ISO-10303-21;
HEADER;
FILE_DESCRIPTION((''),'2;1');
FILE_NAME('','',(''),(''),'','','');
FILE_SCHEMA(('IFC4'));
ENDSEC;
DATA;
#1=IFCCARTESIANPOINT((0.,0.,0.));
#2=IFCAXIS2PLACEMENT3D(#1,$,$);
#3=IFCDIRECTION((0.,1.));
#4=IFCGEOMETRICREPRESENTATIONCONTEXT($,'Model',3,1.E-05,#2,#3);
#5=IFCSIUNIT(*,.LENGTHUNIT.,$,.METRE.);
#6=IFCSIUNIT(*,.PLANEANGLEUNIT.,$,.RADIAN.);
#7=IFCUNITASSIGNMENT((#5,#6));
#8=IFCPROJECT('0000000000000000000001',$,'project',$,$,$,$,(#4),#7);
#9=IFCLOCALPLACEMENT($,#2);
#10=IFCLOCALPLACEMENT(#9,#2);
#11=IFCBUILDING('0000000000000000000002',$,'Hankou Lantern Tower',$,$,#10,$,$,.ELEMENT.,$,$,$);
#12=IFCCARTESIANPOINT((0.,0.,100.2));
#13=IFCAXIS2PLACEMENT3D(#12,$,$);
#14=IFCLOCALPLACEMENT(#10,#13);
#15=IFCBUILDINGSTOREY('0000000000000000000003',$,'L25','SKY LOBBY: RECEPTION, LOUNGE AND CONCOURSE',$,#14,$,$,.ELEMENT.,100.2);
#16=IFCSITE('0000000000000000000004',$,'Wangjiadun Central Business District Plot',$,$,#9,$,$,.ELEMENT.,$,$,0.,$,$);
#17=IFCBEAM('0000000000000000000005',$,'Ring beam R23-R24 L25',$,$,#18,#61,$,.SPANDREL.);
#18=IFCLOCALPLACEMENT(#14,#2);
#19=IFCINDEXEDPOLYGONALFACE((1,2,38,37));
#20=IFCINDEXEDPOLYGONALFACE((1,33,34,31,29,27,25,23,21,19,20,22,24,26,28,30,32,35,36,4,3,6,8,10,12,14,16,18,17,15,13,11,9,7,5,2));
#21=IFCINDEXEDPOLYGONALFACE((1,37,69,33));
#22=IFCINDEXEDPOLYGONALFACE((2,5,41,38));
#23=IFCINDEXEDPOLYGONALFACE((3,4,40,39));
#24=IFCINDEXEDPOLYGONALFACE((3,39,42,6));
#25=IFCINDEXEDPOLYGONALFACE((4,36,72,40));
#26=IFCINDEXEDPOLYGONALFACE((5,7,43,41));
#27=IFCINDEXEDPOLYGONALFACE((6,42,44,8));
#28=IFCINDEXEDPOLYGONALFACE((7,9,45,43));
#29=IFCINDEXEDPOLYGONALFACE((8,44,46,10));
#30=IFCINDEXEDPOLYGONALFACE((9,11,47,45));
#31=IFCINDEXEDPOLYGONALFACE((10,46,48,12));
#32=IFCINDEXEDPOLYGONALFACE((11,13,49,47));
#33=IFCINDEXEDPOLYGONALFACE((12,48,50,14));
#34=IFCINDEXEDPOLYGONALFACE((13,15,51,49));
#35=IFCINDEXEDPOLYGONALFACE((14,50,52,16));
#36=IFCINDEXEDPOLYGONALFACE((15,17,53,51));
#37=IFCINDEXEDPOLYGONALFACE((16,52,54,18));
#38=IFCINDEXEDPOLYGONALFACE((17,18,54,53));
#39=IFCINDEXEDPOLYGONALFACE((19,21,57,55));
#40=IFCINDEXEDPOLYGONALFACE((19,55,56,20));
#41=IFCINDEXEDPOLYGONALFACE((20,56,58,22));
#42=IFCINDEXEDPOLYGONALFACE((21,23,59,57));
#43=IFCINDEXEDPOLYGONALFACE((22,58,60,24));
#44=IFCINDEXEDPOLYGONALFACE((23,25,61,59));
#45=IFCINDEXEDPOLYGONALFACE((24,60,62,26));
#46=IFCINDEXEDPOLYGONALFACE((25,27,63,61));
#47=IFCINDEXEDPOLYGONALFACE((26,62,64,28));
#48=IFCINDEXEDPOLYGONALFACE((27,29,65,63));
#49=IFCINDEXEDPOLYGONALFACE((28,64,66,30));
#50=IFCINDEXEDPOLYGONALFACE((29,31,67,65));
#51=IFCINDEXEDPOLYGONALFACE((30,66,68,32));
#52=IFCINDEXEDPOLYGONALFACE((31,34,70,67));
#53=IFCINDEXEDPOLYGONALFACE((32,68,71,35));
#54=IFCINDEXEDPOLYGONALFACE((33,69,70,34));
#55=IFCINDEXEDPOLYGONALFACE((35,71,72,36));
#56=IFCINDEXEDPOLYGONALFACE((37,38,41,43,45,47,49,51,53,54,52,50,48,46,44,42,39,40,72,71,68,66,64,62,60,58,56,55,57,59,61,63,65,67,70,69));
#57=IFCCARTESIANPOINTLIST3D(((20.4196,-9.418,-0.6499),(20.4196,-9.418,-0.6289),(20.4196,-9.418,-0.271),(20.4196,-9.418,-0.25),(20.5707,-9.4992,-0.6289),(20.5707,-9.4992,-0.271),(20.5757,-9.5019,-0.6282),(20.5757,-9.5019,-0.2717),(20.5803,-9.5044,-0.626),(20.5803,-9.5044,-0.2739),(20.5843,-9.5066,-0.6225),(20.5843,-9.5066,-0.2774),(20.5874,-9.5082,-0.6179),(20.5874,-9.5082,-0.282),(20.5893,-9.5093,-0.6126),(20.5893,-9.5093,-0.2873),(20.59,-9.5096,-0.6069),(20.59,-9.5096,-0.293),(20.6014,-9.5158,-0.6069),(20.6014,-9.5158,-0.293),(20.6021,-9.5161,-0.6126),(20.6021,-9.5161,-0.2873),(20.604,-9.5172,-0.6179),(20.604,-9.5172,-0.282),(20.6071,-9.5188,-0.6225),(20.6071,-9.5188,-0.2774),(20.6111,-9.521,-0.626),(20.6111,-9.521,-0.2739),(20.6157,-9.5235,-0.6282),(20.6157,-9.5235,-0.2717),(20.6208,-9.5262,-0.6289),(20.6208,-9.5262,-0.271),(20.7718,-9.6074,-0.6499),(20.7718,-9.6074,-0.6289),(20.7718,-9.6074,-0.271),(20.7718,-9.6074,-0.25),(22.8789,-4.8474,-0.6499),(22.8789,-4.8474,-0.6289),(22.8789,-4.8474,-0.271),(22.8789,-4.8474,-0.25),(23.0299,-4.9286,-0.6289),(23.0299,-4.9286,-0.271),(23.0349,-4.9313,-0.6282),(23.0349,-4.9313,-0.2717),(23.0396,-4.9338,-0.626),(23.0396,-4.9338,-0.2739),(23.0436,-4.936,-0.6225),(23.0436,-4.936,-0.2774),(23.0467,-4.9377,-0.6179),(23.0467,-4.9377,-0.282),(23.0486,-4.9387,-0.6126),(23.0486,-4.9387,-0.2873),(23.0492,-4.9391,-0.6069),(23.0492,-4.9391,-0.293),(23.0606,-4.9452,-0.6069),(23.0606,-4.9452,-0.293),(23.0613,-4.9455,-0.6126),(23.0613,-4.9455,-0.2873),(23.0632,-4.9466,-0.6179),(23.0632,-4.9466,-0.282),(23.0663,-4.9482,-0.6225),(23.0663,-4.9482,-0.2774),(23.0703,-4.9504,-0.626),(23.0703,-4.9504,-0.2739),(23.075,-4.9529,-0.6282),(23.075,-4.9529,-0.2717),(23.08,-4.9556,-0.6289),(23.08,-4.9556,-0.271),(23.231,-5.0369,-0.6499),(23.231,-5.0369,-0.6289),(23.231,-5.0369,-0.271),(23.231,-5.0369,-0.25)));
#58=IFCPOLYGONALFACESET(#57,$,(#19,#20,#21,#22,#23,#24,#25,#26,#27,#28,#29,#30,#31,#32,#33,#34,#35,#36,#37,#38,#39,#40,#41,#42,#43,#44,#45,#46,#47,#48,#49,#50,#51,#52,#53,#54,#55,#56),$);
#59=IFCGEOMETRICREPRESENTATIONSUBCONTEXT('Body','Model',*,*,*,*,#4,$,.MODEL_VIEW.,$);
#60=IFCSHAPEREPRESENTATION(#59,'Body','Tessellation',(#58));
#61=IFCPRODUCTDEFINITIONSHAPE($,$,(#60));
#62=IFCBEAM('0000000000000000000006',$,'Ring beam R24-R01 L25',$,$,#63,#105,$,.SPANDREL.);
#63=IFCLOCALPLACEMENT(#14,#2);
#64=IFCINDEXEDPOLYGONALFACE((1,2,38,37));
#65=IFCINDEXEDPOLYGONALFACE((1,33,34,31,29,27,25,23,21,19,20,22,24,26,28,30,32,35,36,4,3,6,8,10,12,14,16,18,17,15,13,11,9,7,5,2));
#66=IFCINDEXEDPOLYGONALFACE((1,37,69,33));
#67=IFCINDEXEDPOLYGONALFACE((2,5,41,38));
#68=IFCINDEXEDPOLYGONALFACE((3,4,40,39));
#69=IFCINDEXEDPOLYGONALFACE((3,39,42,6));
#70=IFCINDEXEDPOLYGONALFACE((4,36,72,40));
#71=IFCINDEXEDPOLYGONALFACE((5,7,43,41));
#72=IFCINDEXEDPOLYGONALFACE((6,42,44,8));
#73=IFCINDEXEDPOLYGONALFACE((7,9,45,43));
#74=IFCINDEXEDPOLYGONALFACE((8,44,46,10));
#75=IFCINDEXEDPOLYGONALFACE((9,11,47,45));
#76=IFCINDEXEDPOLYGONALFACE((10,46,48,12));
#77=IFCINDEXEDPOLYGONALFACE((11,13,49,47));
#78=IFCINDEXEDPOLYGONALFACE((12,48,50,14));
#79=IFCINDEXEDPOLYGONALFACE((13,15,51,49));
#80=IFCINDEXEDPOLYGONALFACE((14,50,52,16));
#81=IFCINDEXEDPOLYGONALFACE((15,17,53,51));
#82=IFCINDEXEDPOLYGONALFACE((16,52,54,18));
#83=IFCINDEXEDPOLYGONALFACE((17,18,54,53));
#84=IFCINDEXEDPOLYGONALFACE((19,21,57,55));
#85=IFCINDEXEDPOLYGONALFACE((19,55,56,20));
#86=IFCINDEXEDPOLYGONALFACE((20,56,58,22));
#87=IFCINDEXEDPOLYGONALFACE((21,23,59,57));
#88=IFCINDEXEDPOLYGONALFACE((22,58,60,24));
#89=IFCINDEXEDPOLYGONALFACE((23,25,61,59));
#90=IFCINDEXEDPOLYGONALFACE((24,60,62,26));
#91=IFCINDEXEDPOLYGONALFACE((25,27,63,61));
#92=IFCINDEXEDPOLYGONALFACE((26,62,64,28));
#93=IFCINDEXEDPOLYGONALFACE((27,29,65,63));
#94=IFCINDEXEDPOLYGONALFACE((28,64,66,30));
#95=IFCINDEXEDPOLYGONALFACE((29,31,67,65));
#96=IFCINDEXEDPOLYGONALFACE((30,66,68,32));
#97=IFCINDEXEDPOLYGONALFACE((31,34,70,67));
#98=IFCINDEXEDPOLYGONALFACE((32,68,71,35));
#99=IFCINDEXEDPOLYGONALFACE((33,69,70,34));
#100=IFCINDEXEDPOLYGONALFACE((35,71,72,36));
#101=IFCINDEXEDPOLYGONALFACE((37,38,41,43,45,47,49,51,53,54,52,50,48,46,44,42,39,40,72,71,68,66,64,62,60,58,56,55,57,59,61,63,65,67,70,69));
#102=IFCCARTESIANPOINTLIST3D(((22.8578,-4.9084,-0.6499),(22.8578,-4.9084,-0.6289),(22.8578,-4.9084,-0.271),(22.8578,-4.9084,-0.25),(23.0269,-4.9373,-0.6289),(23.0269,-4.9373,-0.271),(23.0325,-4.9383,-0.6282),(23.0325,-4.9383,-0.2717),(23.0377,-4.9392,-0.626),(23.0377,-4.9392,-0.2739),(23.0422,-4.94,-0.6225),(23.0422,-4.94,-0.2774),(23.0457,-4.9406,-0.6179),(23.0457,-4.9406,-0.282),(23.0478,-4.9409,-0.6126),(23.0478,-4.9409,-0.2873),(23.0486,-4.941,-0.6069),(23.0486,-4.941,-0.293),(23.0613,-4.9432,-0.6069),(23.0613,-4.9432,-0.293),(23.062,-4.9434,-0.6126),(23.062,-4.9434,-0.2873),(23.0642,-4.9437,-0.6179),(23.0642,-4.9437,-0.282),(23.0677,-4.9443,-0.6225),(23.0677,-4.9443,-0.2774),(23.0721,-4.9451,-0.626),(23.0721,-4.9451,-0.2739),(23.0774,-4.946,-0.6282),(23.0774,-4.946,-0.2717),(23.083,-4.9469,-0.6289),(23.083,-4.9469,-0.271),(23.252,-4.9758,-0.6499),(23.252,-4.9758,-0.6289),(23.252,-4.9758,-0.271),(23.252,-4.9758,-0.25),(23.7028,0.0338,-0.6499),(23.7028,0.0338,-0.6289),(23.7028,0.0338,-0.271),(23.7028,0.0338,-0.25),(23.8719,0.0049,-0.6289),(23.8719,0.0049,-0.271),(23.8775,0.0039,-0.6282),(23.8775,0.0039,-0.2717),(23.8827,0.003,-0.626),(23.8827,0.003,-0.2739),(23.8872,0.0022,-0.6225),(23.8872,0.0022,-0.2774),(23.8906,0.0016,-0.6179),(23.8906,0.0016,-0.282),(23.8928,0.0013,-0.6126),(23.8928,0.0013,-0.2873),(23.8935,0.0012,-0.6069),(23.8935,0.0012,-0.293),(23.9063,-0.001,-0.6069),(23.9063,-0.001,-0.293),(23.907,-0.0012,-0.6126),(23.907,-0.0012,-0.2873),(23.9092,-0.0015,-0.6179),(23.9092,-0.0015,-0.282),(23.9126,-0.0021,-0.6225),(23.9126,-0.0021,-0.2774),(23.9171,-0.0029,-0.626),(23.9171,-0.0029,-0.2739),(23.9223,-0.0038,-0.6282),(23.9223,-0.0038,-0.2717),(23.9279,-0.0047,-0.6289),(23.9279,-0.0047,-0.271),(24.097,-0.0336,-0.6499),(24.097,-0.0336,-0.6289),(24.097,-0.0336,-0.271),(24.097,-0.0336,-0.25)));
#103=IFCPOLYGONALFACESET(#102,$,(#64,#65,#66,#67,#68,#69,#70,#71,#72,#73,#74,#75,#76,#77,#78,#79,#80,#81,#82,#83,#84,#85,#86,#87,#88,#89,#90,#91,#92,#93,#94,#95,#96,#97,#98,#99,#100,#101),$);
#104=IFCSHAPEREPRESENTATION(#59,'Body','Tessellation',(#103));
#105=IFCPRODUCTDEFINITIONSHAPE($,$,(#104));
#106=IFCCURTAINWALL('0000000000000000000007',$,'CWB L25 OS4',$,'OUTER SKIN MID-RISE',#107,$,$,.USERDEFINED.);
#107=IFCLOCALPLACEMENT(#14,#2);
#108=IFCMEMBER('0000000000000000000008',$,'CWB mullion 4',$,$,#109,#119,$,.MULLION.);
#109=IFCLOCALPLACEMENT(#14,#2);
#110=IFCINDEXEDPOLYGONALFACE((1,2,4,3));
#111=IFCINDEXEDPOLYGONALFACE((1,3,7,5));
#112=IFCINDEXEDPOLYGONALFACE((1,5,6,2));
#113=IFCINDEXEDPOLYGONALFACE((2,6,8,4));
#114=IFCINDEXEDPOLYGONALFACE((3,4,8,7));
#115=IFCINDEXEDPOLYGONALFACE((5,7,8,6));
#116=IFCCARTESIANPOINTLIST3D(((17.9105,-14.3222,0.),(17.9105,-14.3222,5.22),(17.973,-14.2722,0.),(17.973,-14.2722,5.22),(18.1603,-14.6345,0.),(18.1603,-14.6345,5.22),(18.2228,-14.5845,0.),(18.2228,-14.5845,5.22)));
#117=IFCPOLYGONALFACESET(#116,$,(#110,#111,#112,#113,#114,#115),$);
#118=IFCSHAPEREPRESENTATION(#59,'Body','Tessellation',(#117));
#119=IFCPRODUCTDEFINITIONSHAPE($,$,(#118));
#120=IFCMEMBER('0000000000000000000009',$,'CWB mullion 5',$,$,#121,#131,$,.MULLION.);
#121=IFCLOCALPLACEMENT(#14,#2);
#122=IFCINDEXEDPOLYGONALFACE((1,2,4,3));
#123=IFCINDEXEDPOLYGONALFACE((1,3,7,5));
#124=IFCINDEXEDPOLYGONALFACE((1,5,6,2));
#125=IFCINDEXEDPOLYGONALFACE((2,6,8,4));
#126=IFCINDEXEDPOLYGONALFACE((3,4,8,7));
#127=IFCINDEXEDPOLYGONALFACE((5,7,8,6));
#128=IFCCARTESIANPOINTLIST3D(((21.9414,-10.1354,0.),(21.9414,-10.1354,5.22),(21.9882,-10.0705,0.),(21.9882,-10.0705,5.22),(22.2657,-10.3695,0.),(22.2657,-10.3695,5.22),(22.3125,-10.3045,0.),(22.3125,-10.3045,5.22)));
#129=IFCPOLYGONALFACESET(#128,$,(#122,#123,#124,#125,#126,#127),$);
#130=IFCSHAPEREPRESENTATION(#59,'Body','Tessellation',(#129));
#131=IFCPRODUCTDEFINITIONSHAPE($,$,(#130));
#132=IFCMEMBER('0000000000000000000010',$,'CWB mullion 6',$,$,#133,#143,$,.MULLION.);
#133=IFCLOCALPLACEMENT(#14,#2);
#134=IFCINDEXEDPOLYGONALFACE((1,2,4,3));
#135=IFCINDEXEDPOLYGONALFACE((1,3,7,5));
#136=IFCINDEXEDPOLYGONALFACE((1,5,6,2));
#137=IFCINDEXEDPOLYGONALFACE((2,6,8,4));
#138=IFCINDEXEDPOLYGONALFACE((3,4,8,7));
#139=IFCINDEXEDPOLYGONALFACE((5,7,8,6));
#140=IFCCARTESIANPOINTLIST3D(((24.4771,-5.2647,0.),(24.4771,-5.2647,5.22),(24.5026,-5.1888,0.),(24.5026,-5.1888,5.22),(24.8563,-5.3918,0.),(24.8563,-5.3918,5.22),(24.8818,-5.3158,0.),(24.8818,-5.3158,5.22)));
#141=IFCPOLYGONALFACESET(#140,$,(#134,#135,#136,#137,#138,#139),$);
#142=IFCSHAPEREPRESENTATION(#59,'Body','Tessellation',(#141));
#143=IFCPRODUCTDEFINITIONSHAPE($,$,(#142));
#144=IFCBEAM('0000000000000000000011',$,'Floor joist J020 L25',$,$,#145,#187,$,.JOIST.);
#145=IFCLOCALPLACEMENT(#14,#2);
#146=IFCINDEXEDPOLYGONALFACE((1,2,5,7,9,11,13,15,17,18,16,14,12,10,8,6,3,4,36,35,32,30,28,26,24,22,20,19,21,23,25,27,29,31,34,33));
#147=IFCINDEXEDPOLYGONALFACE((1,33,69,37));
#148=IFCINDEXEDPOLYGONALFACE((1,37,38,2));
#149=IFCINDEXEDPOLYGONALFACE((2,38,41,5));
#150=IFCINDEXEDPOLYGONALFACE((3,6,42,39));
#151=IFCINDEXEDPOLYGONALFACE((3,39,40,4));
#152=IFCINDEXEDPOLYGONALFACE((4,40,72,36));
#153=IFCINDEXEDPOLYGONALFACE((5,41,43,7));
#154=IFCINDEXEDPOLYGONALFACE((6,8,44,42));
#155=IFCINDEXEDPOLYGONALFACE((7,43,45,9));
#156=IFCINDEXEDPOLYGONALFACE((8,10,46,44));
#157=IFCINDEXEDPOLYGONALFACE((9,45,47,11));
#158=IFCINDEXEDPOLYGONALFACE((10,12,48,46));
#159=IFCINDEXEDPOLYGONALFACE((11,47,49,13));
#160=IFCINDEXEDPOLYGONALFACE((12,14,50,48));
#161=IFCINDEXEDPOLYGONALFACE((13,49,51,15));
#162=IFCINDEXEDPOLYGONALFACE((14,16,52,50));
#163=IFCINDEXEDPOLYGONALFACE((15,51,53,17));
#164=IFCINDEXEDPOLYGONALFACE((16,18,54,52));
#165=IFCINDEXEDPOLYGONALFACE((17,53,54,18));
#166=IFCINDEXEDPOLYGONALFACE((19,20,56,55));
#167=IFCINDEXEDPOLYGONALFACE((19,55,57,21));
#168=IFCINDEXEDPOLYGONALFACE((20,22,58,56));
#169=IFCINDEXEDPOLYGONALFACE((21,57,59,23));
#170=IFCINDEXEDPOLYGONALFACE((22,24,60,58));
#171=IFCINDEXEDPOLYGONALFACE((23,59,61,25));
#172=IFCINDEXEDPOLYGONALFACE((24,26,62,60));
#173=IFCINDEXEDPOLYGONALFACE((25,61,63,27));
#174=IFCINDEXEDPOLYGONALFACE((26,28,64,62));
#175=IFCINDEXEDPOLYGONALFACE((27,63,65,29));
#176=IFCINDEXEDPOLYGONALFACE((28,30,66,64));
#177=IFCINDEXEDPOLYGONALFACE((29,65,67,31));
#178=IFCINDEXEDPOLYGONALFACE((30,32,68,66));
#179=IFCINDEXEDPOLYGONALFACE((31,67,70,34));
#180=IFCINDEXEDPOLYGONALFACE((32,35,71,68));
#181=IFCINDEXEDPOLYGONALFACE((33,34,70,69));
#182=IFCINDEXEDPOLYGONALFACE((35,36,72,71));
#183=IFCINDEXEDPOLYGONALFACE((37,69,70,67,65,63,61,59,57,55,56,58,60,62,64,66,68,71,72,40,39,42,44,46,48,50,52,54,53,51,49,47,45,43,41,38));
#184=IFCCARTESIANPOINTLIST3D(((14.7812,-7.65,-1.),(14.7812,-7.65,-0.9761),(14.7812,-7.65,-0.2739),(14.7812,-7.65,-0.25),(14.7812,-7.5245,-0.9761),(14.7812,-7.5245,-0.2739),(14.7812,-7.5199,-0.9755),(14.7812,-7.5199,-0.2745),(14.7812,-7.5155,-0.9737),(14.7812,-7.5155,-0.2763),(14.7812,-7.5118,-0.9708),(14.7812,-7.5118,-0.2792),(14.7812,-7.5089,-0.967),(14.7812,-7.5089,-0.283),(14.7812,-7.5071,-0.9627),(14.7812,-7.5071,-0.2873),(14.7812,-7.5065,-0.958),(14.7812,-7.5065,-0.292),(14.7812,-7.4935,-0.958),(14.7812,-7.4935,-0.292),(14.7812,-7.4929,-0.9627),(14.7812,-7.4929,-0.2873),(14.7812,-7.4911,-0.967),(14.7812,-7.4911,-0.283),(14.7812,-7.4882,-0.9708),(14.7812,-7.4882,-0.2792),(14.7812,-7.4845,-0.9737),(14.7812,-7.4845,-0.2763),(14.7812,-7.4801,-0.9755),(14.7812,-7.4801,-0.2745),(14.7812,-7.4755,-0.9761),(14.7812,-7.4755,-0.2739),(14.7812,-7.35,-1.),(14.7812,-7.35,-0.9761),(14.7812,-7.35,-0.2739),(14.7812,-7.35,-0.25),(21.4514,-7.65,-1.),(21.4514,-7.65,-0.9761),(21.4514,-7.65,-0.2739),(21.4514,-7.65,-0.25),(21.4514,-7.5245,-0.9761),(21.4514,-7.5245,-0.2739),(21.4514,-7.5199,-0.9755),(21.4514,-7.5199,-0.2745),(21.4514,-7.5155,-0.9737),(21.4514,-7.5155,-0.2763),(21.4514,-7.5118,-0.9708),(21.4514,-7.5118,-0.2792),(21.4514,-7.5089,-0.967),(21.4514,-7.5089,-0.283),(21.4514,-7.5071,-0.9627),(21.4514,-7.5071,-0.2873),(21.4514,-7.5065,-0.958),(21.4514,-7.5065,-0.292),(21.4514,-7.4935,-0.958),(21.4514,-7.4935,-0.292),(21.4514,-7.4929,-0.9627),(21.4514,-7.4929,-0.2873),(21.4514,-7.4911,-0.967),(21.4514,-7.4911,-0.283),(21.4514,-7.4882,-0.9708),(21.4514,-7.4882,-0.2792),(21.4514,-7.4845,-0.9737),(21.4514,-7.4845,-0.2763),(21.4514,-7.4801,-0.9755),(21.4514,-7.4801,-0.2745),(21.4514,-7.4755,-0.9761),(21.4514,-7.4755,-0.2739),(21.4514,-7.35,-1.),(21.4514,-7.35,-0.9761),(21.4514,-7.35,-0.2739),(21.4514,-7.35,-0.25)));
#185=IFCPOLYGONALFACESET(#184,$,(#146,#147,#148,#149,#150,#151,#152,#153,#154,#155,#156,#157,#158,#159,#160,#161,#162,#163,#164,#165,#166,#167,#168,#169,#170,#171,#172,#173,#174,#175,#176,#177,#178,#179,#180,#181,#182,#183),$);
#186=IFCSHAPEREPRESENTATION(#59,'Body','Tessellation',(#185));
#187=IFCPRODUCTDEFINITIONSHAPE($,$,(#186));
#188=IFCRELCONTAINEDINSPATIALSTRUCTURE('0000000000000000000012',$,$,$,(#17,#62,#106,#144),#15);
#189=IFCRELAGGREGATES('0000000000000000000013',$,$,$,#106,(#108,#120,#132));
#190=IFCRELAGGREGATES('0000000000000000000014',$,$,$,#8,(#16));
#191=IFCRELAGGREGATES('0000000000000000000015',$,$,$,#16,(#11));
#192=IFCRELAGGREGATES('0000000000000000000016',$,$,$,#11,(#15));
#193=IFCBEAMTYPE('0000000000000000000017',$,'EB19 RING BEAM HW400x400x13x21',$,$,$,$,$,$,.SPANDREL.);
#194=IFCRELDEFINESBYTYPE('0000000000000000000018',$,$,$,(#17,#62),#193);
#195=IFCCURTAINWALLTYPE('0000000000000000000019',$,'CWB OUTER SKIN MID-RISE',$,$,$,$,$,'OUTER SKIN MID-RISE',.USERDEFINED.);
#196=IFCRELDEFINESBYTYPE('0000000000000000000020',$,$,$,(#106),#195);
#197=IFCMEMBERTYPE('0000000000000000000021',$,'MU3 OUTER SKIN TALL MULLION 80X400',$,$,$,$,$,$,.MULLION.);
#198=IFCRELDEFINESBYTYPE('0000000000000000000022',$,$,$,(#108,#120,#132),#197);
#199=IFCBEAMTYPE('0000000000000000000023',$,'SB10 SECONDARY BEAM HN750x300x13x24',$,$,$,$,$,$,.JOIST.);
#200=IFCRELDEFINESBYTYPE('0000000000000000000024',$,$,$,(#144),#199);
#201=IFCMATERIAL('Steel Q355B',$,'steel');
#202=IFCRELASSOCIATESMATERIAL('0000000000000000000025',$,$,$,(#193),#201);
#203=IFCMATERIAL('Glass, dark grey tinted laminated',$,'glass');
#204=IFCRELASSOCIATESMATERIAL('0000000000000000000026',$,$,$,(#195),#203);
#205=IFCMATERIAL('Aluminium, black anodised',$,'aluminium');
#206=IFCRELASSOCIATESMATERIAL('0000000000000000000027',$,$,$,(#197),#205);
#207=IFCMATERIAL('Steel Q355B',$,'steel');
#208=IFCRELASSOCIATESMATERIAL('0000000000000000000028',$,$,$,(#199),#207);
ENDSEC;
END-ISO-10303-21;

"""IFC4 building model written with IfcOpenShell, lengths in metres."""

from ifc_helpers import new_model, si_unit, direction, frame, origin, origin_2d, place, context, subcontext, project, spatial, rectangle, i_section, extrude, material, material_profile, profile_set, type_object, element, aggregate, save


model = new_model("IFC4")

# Units and contexts
model_context = context("Model", 3, precision=1e-05, world=origin(), true_north=direction((0.0, 1.0)))
body_context = subcontext(model_context, "Body", "Model", "MODEL_VIEW")
ifc_project = project(units=[si_unit("LENGTHUNIT", "METRE"), si_unit("PLANEANGLEUNIT", "RADIAN")], contexts=[model_context])

# Site, building, storey
site_placement = place(None, origin())
site = spatial("IfcSite", under=ifc_project, at=site_placement, Name="Wangjiadun Central Business District Plot", CompositionType="ELEMENT", RefElevation=0.0)
building_placement = place(site_placement, origin())
building = spatial("IfcBuilding", under=site, at=building_placement, Name="Hankou Lantern Tower", CompositionType="ELEMENT")
storey_placement = place(building_placement, frame((0.0, 0.0, 100.2)))
storey = spatial("IfcBuildingStorey", under=building, at=storey_placement, Name="L25", Description="SKY LOBBY: RECEPTION, LOUNGE AND CONCOURSE", CompositionType="ELEMENT", Elevation=100.2)

# Beams
ifc_material_1 = material(Name="Steel Q355B", Category="steel")
ifc_material_profile_1 = material_profile(ifc_material_1, i_section(OverallWidth=0.3999, OverallDepth=0.3999, WebThickness=0.0129, FlangeThickness=0.021, FilletRadius=0.022, at=origin_2d()), Name="HW400x400x13x21")
ifc_profile_set_1 = profile_set([ifc_material_profile_1], Name="Steel Q355B")
beam_type_1 = type_object("IfcBeamType", Name="EB19 RING BEAM HW400x400x13x21", PredefinedType="SPANDREL", material=ifc_profile_set_1)
beam_1_placement = place(storey_placement, frame((20.5957, -9.5127, -0.45), z_axis=(0.473825, 0.880619, 0.0), x_axis=(-0.880619, 0.473825, 0.0)))
element("IfcBeam", 1, at=beam_1_placement, inside=storey, type_object=beam_type_1, Name="Ring beam R23-R24 L25", PredefinedType="SPANDREL", context=body_context, shape_type="SweptSolid", body=[
    extrude(i_section(OverallWidth=0.3999, OverallDepth=0.3999, WebThickness=0.0129, FlangeThickness=0.021, FilletRadius=0.022, at=origin_2d()), origin(), (0.0, 0.0, 1.0), 5.1902),
])
beam_2_placement = place(storey_placement, frame((23.0549, -4.9421, -0.45), z_axis=(0.168527, 0.985697, 0.0), x_axis=(-0.985697, 0.168527, 0.0)))
element("IfcBeam", 2, at=beam_2_placement, inside=storey, type_object=beam_type_1, Name="Ring beam R24-R01 L25", PredefinedType="SPANDREL", context=body_context, shape_type="SweptSolid", body=[
    extrude(i_section(OverallWidth=0.3999, OverallDepth=0.3999, WebThickness=0.0129, FlangeThickness=0.021, FilletRadius=0.022, at=origin_2d()), origin(), (0.0, 0.0, 1.0), 5.0139),
])

# Curtain wall, members
ifc_material_2 = material(Name="Glass, dark grey tinted laminated", Category="glass")
curtain_wall_type = type_object("IfcCurtainWallType", Name="CWB OUTER SKIN MID-RISE", ElementType="OUTER SKIN MID-RISE", PredefinedType="USERDEFINED", material=ifc_material_2)
curtain_wall_placement = place(storey_placement, origin())
curtain_wall = element("IfcCurtainWall", 3, at=curtain_wall_placement, inside=storey, type_object=curtain_wall_type, Name="CWB L25 OS4", ObjectType="OUTER SKIN MID-RISE", PredefinedType="USERDEFINED")
ifc_material_3 = material(Name="Aluminium, black anodised", Category="aluminium")
ifc_material_profile_2 = material_profile(ifc_material_3, rectangle(XDim=0.0801, YDim=0.3999, at=origin_2d()), Name="MU3 80X400")
ifc_profile_set_2 = profile_set([ifc_material_profile_2], Name="Aluminium, black anodised")
member_type_1 = type_object("IfcMemberType", Name="MU3 OUTER SKIN TALL MULLION 80X400", PredefinedType="MULLION", material=ifc_profile_set_2)
member_1_placement = place(storey_placement, frame((18.0667, -14.4534, 0.0), z_axis=(0.0, 0.0, 1.0), x_axis=(0.780869, 0.624695, 0.0)))
member_1 = element("IfcMember", 4, at=member_1_placement, type_object=member_type_1, Name="CWB mullion 4", PredefinedType="MULLION", context=body_context, shape_type="SweptSolid", body=[
    extrude(rectangle(XDim=0.0801, YDim=0.3999, at=origin_2d()), origin(), (0.0, 0.0, 1.0), 5.22),
])
member_2_placement = place(storey_placement, frame((22.127, -10.22, 0.0), z_axis=(0.0, 0.0, 1.0), x_axis=(0.585206, 0.810885, 0.0)))
member_2 = element("IfcMember", 5, at=member_2_placement, type_object=member_type_1, Name="CWB mullion 5", PredefinedType="MULLION", context=body_context, shape_type="SweptSolid", body=[
    extrude(rectangle(XDim=0.0801, YDim=0.3999, at=origin_2d()), origin(), (0.0, 0.0, 1.0), 5.22),
])
member_3_placement = place(storey_placement, frame((24.6794, -5.2903, 0.0), z_axis=(0.0, 0.0, 1.0), x_axis=(0.317596, 0.948226, 0.0)))
member_3 = element("IfcMember", 6, at=member_3_placement, type_object=member_type_1, Name="CWB mullion 6", PredefinedType="MULLION", context=body_context, shape_type="SweptSolid", body=[
    extrude(rectangle(XDim=0.0801, YDim=0.3999, at=origin_2d()), origin(), (0.0, 0.0, 1.0), 5.22),
])

# Beam
ifc_material_4 = material(Name="Steel Q355B", Category="steel")
ifc_material_profile_3 = material_profile(ifc_material_4, i_section(OverallWidth=0.3, OverallDepth=0.75, WebThickness=0.0129, FlangeThickness=0.0239, FilletRadius=0.0181, at=origin_2d()), Name="HN750x300x13x24")
ifc_profile_set_3 = profile_set([ifc_material_profile_3], Name="Steel Q355B")
beam_type_2 = type_object("IfcBeamType", Name="SB10 SECONDARY BEAM HN750x300x13x24", PredefinedType="JOIST", material=ifc_profile_set_3)
beam_3_placement = place(storey_placement, frame((14.7812, -7.5, -0.625), z_axis=(1.0, 0.0, 0.0), x_axis=(0.0, 1.0, 0.0)))
element("IfcBeam", 7, at=beam_3_placement, inside=storey, type_object=beam_type_2, Name="Floor joist J020 L25", PredefinedType="JOIST", context=body_context, shape_type="SweptSolid", body=[
    extrude(i_section(OverallWidth=0.3, OverallDepth=0.75, WebThickness=0.0129, FlangeThickness=0.0239, FilletRadius=0.0181, at=origin_2d()), origin(), (0.0, 0.0, 1.0), 6.6702),
])

aggregate(curtain_wall, [member_1, member_2, member_3])

save(model, "model.ifc")
